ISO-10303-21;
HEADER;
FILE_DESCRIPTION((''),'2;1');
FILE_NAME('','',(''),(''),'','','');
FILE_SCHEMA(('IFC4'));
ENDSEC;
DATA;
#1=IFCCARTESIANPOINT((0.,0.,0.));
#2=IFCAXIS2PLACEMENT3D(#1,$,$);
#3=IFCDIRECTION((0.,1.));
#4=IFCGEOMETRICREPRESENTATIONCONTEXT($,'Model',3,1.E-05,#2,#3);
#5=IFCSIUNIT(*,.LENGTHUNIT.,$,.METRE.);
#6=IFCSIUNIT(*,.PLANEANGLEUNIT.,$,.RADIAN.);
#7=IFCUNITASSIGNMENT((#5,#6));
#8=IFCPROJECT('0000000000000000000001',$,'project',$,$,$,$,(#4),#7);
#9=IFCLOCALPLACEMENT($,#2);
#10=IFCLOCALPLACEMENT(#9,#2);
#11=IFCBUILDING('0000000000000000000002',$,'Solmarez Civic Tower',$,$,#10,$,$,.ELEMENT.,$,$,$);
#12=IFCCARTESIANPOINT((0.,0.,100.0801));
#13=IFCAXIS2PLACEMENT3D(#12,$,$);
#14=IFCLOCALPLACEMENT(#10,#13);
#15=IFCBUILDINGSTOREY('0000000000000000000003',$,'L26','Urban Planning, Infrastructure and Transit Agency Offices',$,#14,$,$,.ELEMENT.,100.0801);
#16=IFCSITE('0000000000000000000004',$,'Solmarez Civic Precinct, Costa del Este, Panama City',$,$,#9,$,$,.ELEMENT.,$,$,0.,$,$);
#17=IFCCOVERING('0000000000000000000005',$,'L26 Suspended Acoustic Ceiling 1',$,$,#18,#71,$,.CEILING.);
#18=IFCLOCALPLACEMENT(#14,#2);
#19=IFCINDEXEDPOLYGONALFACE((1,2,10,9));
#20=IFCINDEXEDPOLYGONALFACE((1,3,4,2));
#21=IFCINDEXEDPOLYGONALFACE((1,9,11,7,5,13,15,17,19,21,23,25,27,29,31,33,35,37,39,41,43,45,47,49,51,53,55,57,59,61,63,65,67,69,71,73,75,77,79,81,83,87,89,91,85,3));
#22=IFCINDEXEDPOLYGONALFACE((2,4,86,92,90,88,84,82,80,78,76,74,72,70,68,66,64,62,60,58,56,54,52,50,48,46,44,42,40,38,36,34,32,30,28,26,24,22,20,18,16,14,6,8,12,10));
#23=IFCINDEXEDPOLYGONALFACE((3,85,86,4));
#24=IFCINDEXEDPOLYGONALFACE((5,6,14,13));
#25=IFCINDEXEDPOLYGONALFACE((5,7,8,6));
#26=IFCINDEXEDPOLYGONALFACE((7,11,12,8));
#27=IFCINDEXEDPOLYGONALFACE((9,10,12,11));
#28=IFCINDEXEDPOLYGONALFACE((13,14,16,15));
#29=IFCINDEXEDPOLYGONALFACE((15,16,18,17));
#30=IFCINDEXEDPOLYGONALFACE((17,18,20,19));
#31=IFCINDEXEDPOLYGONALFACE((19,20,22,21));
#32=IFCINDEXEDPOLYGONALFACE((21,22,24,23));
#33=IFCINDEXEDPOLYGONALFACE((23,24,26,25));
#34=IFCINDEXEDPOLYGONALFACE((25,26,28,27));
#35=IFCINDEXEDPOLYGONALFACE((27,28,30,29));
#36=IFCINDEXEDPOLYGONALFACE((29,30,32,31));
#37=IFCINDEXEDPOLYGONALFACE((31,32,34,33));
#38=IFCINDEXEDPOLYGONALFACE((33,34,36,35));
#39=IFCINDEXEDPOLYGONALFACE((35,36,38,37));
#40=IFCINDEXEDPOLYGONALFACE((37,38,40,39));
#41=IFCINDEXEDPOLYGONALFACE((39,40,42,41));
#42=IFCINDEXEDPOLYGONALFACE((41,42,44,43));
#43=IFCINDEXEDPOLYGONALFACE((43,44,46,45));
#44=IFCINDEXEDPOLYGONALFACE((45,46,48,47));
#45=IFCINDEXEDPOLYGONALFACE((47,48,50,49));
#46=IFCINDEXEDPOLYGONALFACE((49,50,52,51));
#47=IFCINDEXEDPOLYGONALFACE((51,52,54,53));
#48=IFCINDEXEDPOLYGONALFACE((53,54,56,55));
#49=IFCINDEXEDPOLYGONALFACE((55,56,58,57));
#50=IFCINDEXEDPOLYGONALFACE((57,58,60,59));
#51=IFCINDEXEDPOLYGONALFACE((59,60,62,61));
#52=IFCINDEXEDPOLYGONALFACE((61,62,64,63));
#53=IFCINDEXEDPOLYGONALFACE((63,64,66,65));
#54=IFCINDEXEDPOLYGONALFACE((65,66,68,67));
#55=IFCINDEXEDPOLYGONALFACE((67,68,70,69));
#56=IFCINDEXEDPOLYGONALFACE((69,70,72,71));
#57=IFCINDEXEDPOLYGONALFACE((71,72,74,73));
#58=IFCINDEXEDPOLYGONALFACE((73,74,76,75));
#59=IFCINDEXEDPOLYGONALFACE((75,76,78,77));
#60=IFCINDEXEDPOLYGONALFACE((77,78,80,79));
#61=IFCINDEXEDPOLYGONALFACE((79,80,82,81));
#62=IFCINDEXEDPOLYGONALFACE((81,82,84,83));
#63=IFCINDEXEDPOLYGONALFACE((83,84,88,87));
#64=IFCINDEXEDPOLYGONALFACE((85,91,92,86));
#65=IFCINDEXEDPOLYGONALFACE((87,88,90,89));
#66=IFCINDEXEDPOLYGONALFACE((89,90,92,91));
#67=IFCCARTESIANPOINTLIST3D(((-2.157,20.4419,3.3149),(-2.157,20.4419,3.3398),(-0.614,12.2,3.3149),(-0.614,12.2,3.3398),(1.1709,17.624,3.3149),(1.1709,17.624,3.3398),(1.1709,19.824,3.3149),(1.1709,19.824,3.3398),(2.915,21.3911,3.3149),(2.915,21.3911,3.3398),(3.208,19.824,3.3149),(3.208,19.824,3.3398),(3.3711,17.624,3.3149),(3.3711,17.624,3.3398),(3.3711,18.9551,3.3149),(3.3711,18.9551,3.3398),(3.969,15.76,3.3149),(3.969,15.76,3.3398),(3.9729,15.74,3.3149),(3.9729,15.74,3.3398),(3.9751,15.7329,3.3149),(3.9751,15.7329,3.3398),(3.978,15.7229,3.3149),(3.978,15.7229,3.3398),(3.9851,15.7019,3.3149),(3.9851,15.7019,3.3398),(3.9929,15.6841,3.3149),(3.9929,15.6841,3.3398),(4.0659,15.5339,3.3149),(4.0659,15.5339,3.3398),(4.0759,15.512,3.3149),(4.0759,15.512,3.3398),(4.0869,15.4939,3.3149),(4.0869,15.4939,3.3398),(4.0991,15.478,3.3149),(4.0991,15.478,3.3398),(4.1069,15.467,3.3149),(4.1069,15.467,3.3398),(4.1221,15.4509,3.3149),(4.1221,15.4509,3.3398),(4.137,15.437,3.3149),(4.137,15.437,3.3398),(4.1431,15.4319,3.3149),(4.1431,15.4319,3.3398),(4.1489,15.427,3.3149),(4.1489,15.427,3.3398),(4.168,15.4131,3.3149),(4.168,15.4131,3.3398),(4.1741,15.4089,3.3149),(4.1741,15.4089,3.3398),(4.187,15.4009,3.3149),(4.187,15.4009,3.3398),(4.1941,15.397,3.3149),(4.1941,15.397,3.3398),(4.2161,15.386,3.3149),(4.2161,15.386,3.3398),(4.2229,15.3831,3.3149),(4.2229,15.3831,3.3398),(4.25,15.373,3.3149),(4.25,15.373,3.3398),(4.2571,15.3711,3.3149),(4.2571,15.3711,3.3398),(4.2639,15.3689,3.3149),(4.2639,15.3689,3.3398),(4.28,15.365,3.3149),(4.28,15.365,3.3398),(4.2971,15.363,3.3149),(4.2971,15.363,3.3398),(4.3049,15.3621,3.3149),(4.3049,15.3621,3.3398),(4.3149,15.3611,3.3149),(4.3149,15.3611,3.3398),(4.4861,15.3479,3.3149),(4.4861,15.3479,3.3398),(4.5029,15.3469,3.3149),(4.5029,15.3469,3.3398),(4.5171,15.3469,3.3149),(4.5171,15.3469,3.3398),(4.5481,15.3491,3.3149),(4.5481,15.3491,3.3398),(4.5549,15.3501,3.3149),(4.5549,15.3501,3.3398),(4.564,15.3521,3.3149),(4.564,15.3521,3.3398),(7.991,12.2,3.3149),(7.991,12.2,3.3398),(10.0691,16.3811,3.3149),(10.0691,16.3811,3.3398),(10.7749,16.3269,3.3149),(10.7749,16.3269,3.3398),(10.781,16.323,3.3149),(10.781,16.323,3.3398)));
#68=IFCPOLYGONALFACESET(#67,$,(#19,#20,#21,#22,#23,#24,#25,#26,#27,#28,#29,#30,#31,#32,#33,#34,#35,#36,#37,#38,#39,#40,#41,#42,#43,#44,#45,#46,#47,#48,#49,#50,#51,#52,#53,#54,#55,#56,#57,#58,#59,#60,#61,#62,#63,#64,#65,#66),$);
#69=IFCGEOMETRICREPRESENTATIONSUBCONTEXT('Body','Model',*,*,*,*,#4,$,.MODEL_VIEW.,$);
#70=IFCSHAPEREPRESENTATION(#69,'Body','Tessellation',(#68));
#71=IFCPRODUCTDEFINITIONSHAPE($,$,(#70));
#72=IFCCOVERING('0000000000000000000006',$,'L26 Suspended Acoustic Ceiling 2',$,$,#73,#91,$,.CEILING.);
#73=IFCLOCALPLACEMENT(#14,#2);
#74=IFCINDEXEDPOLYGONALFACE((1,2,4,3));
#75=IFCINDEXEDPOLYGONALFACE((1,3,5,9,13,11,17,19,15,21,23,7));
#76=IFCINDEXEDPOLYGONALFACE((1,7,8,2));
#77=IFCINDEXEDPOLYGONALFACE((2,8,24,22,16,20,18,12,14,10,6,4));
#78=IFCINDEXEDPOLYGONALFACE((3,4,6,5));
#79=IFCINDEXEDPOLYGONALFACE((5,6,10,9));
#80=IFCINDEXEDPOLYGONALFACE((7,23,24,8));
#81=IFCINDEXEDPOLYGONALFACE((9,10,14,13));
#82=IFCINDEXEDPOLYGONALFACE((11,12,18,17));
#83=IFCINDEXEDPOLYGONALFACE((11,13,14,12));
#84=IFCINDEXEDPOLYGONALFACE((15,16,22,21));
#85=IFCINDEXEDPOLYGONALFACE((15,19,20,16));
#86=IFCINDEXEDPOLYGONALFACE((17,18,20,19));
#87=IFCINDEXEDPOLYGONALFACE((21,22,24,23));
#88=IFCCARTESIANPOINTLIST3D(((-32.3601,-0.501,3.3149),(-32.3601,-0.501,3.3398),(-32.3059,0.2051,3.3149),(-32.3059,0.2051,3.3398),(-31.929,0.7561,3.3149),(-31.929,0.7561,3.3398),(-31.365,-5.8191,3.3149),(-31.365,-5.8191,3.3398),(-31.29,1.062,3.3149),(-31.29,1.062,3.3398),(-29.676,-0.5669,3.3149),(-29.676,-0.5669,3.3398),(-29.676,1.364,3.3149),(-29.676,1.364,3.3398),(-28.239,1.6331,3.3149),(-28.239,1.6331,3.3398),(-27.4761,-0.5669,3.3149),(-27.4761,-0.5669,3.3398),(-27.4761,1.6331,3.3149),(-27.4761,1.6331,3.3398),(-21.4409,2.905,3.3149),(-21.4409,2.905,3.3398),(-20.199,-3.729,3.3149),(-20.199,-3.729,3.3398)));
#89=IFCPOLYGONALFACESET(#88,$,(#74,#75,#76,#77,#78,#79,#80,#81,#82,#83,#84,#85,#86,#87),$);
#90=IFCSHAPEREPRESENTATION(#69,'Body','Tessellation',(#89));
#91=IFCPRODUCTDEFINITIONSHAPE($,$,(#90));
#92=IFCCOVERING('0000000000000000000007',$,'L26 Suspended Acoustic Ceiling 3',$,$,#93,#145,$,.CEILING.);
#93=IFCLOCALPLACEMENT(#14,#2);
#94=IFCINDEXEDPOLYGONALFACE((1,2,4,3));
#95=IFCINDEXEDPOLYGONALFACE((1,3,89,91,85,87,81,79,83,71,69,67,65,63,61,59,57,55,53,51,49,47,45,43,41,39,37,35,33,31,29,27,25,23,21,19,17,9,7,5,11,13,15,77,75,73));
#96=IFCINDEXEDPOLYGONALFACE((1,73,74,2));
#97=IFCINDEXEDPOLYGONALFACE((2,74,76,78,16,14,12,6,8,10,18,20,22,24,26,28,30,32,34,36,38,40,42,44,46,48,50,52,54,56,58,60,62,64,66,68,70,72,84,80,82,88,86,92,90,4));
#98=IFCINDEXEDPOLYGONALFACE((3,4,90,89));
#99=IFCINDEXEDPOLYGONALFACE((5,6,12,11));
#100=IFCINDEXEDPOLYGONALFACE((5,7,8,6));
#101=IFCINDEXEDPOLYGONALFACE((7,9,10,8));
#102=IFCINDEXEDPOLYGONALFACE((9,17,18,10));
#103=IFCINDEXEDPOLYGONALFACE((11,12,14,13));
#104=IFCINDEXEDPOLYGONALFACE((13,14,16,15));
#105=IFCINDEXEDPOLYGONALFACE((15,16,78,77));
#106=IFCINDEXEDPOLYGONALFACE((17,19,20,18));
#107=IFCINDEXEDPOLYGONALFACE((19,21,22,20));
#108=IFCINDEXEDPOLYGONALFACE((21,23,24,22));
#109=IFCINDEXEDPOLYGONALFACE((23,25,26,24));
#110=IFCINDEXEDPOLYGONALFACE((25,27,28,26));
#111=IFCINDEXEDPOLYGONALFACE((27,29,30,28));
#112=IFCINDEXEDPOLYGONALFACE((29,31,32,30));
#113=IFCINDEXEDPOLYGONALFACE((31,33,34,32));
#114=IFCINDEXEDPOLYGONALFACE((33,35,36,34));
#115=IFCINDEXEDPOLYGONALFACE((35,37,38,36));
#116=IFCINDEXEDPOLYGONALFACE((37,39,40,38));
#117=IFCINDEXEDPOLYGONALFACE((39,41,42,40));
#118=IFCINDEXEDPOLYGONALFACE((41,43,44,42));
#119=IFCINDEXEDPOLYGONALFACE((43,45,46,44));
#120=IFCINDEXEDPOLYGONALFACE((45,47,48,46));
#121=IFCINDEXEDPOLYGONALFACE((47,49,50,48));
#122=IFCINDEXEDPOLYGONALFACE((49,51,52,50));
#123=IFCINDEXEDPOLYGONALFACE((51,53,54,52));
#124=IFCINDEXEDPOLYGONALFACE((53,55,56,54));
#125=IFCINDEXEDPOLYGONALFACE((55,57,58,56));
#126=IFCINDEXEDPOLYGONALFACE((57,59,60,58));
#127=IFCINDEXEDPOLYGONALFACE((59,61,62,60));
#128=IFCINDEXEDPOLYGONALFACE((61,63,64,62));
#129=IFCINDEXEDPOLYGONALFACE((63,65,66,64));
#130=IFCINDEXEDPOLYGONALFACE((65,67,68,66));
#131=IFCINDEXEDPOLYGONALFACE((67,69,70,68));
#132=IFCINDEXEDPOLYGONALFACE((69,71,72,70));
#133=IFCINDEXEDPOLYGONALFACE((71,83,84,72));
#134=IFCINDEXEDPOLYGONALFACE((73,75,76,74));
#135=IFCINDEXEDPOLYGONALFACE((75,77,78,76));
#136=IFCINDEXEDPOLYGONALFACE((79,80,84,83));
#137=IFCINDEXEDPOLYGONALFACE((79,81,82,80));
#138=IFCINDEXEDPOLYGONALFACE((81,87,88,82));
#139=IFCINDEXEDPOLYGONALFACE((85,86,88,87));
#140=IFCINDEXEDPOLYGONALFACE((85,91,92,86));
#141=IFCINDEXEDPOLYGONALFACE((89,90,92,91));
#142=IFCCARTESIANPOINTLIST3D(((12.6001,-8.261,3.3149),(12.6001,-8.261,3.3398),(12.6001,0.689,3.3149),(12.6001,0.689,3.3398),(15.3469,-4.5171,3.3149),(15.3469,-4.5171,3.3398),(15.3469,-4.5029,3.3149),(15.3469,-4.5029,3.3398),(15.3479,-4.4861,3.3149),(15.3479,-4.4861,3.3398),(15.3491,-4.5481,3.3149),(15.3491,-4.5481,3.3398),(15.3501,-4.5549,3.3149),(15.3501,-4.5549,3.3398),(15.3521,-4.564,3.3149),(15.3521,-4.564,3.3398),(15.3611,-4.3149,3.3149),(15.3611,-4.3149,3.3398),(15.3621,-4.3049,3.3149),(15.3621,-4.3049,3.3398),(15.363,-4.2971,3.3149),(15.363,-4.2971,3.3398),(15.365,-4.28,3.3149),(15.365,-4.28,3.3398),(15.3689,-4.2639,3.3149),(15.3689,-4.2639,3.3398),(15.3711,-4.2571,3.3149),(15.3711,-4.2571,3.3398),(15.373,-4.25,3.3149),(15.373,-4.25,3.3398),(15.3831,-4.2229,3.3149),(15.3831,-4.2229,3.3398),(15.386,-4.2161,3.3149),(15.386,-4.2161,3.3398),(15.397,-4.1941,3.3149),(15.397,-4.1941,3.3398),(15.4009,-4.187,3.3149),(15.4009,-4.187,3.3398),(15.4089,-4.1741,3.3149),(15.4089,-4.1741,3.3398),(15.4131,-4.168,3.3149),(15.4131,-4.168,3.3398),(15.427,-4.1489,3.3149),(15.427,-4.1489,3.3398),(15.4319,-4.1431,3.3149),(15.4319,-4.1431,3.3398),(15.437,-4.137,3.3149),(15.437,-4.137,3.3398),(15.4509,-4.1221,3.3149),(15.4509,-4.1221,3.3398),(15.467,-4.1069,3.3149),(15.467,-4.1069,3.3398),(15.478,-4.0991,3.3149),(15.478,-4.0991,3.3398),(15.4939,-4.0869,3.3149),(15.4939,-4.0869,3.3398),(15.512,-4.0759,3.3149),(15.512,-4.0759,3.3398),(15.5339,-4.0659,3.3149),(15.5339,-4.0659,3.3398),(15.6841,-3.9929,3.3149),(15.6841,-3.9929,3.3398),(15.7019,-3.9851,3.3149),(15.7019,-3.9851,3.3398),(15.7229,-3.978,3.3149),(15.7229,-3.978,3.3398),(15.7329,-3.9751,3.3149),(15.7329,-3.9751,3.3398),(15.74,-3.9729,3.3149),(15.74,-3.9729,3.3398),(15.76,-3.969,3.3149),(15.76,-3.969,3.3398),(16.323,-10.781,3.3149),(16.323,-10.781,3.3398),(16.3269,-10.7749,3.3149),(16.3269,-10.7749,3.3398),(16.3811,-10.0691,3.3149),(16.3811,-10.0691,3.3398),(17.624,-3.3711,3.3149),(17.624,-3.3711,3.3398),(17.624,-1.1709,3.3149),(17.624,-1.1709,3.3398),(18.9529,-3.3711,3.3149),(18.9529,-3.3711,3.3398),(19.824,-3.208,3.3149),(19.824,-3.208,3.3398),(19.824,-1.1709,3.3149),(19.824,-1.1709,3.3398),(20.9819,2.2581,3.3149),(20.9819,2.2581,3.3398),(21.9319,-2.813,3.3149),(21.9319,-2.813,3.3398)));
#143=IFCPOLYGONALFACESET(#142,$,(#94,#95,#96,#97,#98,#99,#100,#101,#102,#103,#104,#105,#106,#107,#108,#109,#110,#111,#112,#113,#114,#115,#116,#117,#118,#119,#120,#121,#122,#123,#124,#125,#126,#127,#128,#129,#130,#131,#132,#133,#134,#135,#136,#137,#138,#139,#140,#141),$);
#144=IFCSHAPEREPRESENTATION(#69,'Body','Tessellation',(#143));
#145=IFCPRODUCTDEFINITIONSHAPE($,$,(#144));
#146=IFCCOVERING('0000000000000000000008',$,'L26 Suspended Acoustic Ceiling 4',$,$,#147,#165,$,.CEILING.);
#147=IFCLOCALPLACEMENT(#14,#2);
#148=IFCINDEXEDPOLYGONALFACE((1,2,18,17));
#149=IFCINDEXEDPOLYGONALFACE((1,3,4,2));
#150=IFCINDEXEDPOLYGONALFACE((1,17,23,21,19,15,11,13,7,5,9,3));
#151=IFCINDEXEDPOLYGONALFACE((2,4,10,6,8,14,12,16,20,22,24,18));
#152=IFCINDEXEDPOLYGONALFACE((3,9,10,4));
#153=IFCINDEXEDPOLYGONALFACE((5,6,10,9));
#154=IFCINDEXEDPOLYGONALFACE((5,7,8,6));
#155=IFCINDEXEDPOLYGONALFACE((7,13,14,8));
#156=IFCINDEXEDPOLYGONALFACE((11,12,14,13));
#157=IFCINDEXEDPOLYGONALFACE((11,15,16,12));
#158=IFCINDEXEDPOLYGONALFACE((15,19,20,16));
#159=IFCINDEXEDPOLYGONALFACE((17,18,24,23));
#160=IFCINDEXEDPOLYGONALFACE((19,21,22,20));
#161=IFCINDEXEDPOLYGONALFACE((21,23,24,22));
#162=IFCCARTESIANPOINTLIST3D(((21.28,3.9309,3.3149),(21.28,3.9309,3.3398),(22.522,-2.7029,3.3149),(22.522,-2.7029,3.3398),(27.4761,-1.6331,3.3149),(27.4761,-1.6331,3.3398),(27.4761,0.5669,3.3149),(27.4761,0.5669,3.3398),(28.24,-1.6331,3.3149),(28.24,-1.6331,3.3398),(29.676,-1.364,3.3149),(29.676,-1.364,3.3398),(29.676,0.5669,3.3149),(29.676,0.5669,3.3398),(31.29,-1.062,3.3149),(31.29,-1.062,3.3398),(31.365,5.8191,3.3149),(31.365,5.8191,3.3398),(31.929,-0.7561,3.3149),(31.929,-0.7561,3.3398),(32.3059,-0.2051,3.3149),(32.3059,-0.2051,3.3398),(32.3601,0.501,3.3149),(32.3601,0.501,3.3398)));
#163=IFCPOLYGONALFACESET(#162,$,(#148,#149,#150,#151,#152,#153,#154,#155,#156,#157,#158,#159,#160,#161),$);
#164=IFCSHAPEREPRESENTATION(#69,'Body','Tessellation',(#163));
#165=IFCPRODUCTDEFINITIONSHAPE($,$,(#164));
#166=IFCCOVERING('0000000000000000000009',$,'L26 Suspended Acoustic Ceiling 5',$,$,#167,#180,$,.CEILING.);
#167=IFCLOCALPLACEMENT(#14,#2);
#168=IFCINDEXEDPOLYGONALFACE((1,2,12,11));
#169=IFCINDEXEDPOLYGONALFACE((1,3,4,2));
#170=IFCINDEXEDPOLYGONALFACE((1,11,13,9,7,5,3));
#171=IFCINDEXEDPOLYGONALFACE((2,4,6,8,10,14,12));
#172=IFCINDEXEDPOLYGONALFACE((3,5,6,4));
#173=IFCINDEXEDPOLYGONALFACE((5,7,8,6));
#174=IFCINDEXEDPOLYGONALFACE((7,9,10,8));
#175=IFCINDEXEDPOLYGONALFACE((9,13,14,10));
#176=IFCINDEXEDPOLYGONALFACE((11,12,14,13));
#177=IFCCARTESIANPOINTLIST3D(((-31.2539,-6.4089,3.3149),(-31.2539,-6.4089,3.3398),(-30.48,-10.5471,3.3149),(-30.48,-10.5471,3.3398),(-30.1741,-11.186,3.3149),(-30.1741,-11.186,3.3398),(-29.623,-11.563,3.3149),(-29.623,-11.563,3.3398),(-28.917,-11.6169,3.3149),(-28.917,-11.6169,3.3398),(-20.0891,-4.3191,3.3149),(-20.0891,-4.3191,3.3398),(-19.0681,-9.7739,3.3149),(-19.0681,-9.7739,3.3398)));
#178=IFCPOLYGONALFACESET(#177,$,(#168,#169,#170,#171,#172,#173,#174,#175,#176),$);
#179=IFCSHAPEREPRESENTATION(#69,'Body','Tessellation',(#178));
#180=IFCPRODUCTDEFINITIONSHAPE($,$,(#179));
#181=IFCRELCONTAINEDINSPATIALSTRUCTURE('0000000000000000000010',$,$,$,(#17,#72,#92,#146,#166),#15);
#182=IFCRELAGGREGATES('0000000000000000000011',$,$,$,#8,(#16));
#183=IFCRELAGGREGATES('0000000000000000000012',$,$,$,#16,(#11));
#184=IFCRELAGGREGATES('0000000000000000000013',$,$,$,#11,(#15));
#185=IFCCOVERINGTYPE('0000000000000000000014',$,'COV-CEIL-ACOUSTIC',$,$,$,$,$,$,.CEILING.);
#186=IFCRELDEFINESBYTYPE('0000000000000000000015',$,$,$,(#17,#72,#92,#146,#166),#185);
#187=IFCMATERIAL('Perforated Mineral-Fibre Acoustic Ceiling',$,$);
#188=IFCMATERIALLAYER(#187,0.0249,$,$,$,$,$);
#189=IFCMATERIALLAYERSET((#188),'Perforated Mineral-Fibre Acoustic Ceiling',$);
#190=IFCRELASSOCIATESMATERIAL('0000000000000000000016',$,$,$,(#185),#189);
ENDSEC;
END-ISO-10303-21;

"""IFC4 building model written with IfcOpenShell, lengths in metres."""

from ifc_helpers import new_model, si_unit, direction, frame, origin, place, context, subcontext, project, spatial, polyline, outline, extrude, material, layer, layer_set, type_object, element, save


model = new_model("IFC4")

# Units and contexts
model_context = context("Model", 3, precision=1e-05, world=origin(), true_north=direction((0.0, 1.0)))
body_context = subcontext(model_context, "Body", "Model", "MODEL_VIEW")
ifc_project = project(units=[si_unit("LENGTHUNIT", "METRE"), si_unit("PLANEANGLEUNIT", "RADIAN")], contexts=[model_context])

# Site, building, storey
site_placement = place(None, origin())
site = spatial("IfcSite", under=ifc_project, at=site_placement, Name="Solmarez Civic Precinct, Costa del Este, Panama City", CompositionType="ELEMENT", RefElevation=0.0)
building_placement = place(site_placement, origin())
building = spatial("IfcBuilding", under=site, at=building_placement, Name="Solmarez Civic Tower", CompositionType="ELEMENT")
storey_placement = place(building_placement, frame((0.0, 0.0, 100.0801)))
storey = spatial("IfcBuildingStorey", under=building, at=storey_placement, Name="L26", Description="Urban Planning, Infrastructure and Transit Agency Offices", CompositionType="ELEMENT", Elevation=100.0801)

# Coverings
ifc_material_1 = material(Name="Perforated Mineral-Fibre Acoustic Ceiling")
ifc_layer_1 = layer(ifc_material_1, 0.0249)
ifc_layer_set_1 = layer_set([ifc_layer_1], Name="Perforated Mineral-Fibre Acoustic Ceiling")
covering_type_1 = type_object("IfcCoveringType", Name="COV-CEIL-ACOUSTIC", PredefinedType="CEILING", material=ifc_layer_set_1)
covering_1_placement = place(storey_placement, frame((0.0, 0.0, 3.3149)))
element("IfcCovering", 1, at=covering_1_placement, inside=storey, type_object=covering_type_1, Name="L26 Suspended Acoustic Ceiling 1", PredefinedType="CEILING", context=body_context, shape_type="SweptSolid", body=[
    extrude(outline(polyline([(-0.614, 12.2), (7.991, 12.2), (10.781, 16.323), (10.7749, 16.3269), (10.0691, 16.3811), (4.564, 15.3521), (4.5549, 15.3501), (4.5481, 15.3491), (4.5171, 15.3469), (4.5029, 15.3469), (4.4861, 15.3479), (4.3149, 15.3611), (4.3049, 15.3621), (4.2971, 15.363), (4.28, 15.365), (4.2639, 15.3689), (4.2571, 15.3711), (4.25, 15.373), (4.2229, 15.3831), (4.2161, 15.386), (4.1941, 15.397), (4.187, 15.4009), (4.1741, 15.4089), (4.168, 15.4131), (4.1489, 15.427), (4.1431, 15.4319), (4.137, 15.437), (4.1221, 15.4509), (4.1069, 15.467), (4.0991, 15.478), (4.0869, 15.4939), (4.0759, 15.512), (4.0659, 15.5339), (3.9929, 15.6841), (3.9851, 15.7019), (3.978, 15.7229), (3.9751, 15.7329), (3.9729, 15.74), (3.969, 15.76), (3.3711, 18.9551), (3.3711, 17.624), (1.1709, 17.624), (1.1709, 19.824), (3.208, 19.824), (2.915, 21.3911), (-2.157, 20.4419), (-0.614, 12.2)])), origin(), (0.0, 0.0, 1.0), 0.0249),
])
covering_2_placement = place(storey_placement, frame((0.0, 0.0, 3.3149)))
element("IfcCovering", 2, at=covering_2_placement, inside=storey, type_object=covering_type_1, Name="L26 Suspended Acoustic Ceiling 2", PredefinedType="CEILING", context=body_context, shape_type="SweptSolid", body=[
    extrude(outline(polyline([(-21.4409, 2.905), (-28.239, 1.6331), (-27.4761, 1.6331), (-27.4761, -0.5669), (-29.676, -0.5669), (-29.676, 1.364), (-31.29, 1.062), (-31.929, 0.7561), (-32.3059, 0.2051), (-32.3601, -0.501), (-31.365, -5.8191), (-20.199, -3.729), (-21.4409, 2.905)])), origin(), (0.0, 0.0, 1.0), 0.0249),
])
covering_3_placement = place(storey_placement, frame((0.0, 0.0, 3.3149)))
element("IfcCovering", 3, at=covering_3_placement, inside=storey, type_object=covering_type_1, Name="L26 Suspended Acoustic Ceiling 3", PredefinedType="CEILING", context=body_context, shape_type="SweptSolid", body=[
    extrude(outline(polyline([(12.6001, 0.689), (12.6001, -8.261), (16.323, -10.781), (16.3269, -10.7749), (16.3811, -10.0691), (15.3521, -4.564), (15.3501, -4.5549), (15.3491, -4.5481), (15.3469, -4.5171), (15.3469, -4.5029), (15.3479, -4.4861), (15.3611, -4.3149), (15.3621, -4.3049), (15.363, -4.2971), (15.365, -4.28), (15.3689, -4.2639), (15.3711, -4.2571), (15.373, -4.25), (15.3831, -4.2229), (15.386, -4.2161), (15.397, -4.1941), (15.4009, -4.187), (15.4089, -4.1741), (15.4131, -4.168), (15.427, -4.1489), (15.4319, -4.1431), (15.437, -4.137), (15.4509, -4.1221), (15.467, -4.1069), (15.478, -4.0991), (15.4939, -4.0869), (15.512, -4.0759), (15.5339, -4.0659), (15.6841, -3.9929), (15.7019, -3.9851), (15.7229, -3.978), (15.7329, -3.9751), (15.74, -3.9729), (15.76, -3.969), (18.9529, -3.3711), (17.624, -3.3711), (17.624, -1.1709), (19.824, -1.1709), (19.824, -3.208), (21.9319, -2.813), (20.9819, 2.2581), (12.6001, 0.689)])), origin(), (0.0, 0.0, 1.0), 0.0249),
])
covering_4_placement = place(storey_placement, frame((0.0, 0.0, 3.3149)))
element("IfcCovering", 4, at=covering_4_placement, inside=storey, type_object=covering_type_1, Name="L26 Suspended Acoustic Ceiling 4", PredefinedType="CEILING", context=body_context, shape_type="SweptSolid", body=[
    extrude(outline(polyline([(22.522, -2.7029), (28.24, -1.6331), (27.4761, -1.6331), (27.4761, 0.5669), (29.676, 0.5669), (29.676, -1.364), (31.29, -1.062), (31.929, -0.7561), (32.3059, -0.2051), (32.3601, 0.501), (31.365, 5.8191), (21.28, 3.9309), (22.522, -2.7029)])), origin(), (0.0, 0.0, 1.0), 0.0249),
])
covering_5_placement = place(storey_placement, frame((0.0, 0.0, 3.3149)))
element("IfcCovering", 5, at=covering_5_placement, inside=storey, type_object=covering_type_1, Name="L26 Suspended Acoustic Ceiling 5", PredefinedType="CEILING", context=body_context, shape_type="SweptSolid", body=[
    extrude(outline(polyline([(-31.2539, -6.4089), (-30.48, -10.5471), (-30.1741, -11.186), (-29.623, -11.563), (-28.917, -11.6169), (-19.0681, -9.7739), (-20.0891, -4.3191), (-31.2539, -6.4089)])), origin(), (0.0, 0.0, 1.0), 0.0249),
])

save(model, "model.ifc")
